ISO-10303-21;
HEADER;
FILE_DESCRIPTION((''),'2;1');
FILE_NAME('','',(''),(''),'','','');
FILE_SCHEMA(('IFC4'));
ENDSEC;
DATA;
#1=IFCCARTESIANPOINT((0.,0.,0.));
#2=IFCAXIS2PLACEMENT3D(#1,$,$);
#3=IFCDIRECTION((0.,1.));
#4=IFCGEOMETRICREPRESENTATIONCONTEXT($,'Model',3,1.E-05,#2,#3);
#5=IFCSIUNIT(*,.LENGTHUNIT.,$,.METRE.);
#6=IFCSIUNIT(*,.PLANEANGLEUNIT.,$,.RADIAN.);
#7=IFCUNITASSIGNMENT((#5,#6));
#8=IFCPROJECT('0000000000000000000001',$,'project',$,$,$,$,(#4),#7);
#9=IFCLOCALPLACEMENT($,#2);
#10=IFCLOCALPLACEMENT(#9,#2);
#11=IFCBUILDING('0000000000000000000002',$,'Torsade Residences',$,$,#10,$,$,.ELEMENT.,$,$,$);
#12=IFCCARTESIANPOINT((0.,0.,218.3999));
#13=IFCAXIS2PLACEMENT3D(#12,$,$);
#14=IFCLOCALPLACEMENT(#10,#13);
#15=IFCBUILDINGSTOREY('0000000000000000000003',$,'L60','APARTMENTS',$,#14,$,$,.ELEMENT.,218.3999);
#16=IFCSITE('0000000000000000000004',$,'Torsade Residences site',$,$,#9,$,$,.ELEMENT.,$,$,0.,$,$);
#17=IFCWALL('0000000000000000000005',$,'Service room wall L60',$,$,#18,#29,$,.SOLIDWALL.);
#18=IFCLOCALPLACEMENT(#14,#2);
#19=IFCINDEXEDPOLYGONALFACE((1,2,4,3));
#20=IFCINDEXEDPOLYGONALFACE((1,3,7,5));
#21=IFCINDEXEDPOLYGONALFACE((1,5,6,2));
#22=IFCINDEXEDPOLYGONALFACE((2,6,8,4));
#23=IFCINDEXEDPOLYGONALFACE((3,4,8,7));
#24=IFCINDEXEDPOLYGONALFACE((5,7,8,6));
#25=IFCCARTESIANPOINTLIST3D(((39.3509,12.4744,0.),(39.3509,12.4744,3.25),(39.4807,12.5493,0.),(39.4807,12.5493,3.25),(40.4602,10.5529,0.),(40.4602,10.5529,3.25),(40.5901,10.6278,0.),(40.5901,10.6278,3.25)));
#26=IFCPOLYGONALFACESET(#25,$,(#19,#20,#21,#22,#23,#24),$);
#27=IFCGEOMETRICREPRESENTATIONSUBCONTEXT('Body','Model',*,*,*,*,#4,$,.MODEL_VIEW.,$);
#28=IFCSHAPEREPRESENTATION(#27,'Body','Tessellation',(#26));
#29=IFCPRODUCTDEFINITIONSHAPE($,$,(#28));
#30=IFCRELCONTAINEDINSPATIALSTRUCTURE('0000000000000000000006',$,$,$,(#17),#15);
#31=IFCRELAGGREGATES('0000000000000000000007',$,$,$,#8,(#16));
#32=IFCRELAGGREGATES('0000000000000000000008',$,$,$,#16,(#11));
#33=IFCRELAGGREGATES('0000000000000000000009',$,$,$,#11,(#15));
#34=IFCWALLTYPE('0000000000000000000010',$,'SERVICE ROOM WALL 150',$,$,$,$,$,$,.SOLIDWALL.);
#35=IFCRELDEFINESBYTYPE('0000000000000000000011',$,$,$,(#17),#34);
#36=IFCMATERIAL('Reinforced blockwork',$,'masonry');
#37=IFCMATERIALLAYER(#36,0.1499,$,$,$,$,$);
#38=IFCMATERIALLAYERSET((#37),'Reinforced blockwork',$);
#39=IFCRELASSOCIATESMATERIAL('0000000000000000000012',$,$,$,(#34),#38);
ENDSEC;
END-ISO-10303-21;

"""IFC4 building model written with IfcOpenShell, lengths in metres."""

from ifc_helpers import new_model, si_unit, direction, frame, frame_2d, origin, place, context, subcontext, project, spatial, rectangle, extrude, material, layer, layer_set, type_object, element, save


model = new_model("IFC4")

# Units and contexts
model_context = context("Model", 3, precision=1e-05, world=origin(), true_north=direction((0.0, 1.0)))
body_context = subcontext(model_context, "Body", "Model", "MODEL_VIEW")
ifc_project = project(units=[si_unit("LENGTHUNIT", "METRE"), si_unit("PLANEANGLEUNIT", "RADIAN")], contexts=[model_context])

# Site, building, storey
site_placement = place(None, origin())
site = spatial("IfcSite", under=ifc_project, at=site_placement, Name="Torsade Residences site", CompositionType="ELEMENT", RefElevation=0.0)
building_placement = place(site_placement, origin())
building = spatial("IfcBuilding", under=site, at=building_placement, Name="Torsade Residences", CompositionType="ELEMENT")
storey_placement = place(building_placement, frame((0.0, 0.0, 218.3999)))
storey = spatial("IfcBuildingStorey", under=building, at=storey_placement, Name="L60", Description="APARTMENTS", CompositionType="ELEMENT", Elevation=218.3999)

# Wall
ifc_material_1 = material(Name="Reinforced blockwork", Category="masonry")
ifc_layer_1 = layer(ifc_material_1, 0.1499)
ifc_layer_set_1 = layer_set([ifc_layer_1], Name="Reinforced blockwork")
wall_type_1 = type_object("IfcWallType", Name="SERVICE ROOM WALL 150", PredefinedType="SOLIDWALL", material=ifc_layer_set_1)
wall_1_placement = place(storey_placement, frame((40.5251, 10.5903, 0.0), z_axis=(0.0, 0.0, 1.0), x_axis=(-0.499973, 0.866041, 0.0)))
element("IfcWall", 1, at=wall_1_placement, inside=storey, type_object=wall_type_1, Name="Service room wall L60", PredefinedType="SOLIDWALL", context=body_context, shape_type="SweptSolid", body=[
    extrude(rectangle(XDim=2.2188, YDim=0.1499, at=frame_2d((1.1094, 0.0))), origin(), (0.0, 0.0, 1.0), 3.25),
])

save(model, "model.ifc")
